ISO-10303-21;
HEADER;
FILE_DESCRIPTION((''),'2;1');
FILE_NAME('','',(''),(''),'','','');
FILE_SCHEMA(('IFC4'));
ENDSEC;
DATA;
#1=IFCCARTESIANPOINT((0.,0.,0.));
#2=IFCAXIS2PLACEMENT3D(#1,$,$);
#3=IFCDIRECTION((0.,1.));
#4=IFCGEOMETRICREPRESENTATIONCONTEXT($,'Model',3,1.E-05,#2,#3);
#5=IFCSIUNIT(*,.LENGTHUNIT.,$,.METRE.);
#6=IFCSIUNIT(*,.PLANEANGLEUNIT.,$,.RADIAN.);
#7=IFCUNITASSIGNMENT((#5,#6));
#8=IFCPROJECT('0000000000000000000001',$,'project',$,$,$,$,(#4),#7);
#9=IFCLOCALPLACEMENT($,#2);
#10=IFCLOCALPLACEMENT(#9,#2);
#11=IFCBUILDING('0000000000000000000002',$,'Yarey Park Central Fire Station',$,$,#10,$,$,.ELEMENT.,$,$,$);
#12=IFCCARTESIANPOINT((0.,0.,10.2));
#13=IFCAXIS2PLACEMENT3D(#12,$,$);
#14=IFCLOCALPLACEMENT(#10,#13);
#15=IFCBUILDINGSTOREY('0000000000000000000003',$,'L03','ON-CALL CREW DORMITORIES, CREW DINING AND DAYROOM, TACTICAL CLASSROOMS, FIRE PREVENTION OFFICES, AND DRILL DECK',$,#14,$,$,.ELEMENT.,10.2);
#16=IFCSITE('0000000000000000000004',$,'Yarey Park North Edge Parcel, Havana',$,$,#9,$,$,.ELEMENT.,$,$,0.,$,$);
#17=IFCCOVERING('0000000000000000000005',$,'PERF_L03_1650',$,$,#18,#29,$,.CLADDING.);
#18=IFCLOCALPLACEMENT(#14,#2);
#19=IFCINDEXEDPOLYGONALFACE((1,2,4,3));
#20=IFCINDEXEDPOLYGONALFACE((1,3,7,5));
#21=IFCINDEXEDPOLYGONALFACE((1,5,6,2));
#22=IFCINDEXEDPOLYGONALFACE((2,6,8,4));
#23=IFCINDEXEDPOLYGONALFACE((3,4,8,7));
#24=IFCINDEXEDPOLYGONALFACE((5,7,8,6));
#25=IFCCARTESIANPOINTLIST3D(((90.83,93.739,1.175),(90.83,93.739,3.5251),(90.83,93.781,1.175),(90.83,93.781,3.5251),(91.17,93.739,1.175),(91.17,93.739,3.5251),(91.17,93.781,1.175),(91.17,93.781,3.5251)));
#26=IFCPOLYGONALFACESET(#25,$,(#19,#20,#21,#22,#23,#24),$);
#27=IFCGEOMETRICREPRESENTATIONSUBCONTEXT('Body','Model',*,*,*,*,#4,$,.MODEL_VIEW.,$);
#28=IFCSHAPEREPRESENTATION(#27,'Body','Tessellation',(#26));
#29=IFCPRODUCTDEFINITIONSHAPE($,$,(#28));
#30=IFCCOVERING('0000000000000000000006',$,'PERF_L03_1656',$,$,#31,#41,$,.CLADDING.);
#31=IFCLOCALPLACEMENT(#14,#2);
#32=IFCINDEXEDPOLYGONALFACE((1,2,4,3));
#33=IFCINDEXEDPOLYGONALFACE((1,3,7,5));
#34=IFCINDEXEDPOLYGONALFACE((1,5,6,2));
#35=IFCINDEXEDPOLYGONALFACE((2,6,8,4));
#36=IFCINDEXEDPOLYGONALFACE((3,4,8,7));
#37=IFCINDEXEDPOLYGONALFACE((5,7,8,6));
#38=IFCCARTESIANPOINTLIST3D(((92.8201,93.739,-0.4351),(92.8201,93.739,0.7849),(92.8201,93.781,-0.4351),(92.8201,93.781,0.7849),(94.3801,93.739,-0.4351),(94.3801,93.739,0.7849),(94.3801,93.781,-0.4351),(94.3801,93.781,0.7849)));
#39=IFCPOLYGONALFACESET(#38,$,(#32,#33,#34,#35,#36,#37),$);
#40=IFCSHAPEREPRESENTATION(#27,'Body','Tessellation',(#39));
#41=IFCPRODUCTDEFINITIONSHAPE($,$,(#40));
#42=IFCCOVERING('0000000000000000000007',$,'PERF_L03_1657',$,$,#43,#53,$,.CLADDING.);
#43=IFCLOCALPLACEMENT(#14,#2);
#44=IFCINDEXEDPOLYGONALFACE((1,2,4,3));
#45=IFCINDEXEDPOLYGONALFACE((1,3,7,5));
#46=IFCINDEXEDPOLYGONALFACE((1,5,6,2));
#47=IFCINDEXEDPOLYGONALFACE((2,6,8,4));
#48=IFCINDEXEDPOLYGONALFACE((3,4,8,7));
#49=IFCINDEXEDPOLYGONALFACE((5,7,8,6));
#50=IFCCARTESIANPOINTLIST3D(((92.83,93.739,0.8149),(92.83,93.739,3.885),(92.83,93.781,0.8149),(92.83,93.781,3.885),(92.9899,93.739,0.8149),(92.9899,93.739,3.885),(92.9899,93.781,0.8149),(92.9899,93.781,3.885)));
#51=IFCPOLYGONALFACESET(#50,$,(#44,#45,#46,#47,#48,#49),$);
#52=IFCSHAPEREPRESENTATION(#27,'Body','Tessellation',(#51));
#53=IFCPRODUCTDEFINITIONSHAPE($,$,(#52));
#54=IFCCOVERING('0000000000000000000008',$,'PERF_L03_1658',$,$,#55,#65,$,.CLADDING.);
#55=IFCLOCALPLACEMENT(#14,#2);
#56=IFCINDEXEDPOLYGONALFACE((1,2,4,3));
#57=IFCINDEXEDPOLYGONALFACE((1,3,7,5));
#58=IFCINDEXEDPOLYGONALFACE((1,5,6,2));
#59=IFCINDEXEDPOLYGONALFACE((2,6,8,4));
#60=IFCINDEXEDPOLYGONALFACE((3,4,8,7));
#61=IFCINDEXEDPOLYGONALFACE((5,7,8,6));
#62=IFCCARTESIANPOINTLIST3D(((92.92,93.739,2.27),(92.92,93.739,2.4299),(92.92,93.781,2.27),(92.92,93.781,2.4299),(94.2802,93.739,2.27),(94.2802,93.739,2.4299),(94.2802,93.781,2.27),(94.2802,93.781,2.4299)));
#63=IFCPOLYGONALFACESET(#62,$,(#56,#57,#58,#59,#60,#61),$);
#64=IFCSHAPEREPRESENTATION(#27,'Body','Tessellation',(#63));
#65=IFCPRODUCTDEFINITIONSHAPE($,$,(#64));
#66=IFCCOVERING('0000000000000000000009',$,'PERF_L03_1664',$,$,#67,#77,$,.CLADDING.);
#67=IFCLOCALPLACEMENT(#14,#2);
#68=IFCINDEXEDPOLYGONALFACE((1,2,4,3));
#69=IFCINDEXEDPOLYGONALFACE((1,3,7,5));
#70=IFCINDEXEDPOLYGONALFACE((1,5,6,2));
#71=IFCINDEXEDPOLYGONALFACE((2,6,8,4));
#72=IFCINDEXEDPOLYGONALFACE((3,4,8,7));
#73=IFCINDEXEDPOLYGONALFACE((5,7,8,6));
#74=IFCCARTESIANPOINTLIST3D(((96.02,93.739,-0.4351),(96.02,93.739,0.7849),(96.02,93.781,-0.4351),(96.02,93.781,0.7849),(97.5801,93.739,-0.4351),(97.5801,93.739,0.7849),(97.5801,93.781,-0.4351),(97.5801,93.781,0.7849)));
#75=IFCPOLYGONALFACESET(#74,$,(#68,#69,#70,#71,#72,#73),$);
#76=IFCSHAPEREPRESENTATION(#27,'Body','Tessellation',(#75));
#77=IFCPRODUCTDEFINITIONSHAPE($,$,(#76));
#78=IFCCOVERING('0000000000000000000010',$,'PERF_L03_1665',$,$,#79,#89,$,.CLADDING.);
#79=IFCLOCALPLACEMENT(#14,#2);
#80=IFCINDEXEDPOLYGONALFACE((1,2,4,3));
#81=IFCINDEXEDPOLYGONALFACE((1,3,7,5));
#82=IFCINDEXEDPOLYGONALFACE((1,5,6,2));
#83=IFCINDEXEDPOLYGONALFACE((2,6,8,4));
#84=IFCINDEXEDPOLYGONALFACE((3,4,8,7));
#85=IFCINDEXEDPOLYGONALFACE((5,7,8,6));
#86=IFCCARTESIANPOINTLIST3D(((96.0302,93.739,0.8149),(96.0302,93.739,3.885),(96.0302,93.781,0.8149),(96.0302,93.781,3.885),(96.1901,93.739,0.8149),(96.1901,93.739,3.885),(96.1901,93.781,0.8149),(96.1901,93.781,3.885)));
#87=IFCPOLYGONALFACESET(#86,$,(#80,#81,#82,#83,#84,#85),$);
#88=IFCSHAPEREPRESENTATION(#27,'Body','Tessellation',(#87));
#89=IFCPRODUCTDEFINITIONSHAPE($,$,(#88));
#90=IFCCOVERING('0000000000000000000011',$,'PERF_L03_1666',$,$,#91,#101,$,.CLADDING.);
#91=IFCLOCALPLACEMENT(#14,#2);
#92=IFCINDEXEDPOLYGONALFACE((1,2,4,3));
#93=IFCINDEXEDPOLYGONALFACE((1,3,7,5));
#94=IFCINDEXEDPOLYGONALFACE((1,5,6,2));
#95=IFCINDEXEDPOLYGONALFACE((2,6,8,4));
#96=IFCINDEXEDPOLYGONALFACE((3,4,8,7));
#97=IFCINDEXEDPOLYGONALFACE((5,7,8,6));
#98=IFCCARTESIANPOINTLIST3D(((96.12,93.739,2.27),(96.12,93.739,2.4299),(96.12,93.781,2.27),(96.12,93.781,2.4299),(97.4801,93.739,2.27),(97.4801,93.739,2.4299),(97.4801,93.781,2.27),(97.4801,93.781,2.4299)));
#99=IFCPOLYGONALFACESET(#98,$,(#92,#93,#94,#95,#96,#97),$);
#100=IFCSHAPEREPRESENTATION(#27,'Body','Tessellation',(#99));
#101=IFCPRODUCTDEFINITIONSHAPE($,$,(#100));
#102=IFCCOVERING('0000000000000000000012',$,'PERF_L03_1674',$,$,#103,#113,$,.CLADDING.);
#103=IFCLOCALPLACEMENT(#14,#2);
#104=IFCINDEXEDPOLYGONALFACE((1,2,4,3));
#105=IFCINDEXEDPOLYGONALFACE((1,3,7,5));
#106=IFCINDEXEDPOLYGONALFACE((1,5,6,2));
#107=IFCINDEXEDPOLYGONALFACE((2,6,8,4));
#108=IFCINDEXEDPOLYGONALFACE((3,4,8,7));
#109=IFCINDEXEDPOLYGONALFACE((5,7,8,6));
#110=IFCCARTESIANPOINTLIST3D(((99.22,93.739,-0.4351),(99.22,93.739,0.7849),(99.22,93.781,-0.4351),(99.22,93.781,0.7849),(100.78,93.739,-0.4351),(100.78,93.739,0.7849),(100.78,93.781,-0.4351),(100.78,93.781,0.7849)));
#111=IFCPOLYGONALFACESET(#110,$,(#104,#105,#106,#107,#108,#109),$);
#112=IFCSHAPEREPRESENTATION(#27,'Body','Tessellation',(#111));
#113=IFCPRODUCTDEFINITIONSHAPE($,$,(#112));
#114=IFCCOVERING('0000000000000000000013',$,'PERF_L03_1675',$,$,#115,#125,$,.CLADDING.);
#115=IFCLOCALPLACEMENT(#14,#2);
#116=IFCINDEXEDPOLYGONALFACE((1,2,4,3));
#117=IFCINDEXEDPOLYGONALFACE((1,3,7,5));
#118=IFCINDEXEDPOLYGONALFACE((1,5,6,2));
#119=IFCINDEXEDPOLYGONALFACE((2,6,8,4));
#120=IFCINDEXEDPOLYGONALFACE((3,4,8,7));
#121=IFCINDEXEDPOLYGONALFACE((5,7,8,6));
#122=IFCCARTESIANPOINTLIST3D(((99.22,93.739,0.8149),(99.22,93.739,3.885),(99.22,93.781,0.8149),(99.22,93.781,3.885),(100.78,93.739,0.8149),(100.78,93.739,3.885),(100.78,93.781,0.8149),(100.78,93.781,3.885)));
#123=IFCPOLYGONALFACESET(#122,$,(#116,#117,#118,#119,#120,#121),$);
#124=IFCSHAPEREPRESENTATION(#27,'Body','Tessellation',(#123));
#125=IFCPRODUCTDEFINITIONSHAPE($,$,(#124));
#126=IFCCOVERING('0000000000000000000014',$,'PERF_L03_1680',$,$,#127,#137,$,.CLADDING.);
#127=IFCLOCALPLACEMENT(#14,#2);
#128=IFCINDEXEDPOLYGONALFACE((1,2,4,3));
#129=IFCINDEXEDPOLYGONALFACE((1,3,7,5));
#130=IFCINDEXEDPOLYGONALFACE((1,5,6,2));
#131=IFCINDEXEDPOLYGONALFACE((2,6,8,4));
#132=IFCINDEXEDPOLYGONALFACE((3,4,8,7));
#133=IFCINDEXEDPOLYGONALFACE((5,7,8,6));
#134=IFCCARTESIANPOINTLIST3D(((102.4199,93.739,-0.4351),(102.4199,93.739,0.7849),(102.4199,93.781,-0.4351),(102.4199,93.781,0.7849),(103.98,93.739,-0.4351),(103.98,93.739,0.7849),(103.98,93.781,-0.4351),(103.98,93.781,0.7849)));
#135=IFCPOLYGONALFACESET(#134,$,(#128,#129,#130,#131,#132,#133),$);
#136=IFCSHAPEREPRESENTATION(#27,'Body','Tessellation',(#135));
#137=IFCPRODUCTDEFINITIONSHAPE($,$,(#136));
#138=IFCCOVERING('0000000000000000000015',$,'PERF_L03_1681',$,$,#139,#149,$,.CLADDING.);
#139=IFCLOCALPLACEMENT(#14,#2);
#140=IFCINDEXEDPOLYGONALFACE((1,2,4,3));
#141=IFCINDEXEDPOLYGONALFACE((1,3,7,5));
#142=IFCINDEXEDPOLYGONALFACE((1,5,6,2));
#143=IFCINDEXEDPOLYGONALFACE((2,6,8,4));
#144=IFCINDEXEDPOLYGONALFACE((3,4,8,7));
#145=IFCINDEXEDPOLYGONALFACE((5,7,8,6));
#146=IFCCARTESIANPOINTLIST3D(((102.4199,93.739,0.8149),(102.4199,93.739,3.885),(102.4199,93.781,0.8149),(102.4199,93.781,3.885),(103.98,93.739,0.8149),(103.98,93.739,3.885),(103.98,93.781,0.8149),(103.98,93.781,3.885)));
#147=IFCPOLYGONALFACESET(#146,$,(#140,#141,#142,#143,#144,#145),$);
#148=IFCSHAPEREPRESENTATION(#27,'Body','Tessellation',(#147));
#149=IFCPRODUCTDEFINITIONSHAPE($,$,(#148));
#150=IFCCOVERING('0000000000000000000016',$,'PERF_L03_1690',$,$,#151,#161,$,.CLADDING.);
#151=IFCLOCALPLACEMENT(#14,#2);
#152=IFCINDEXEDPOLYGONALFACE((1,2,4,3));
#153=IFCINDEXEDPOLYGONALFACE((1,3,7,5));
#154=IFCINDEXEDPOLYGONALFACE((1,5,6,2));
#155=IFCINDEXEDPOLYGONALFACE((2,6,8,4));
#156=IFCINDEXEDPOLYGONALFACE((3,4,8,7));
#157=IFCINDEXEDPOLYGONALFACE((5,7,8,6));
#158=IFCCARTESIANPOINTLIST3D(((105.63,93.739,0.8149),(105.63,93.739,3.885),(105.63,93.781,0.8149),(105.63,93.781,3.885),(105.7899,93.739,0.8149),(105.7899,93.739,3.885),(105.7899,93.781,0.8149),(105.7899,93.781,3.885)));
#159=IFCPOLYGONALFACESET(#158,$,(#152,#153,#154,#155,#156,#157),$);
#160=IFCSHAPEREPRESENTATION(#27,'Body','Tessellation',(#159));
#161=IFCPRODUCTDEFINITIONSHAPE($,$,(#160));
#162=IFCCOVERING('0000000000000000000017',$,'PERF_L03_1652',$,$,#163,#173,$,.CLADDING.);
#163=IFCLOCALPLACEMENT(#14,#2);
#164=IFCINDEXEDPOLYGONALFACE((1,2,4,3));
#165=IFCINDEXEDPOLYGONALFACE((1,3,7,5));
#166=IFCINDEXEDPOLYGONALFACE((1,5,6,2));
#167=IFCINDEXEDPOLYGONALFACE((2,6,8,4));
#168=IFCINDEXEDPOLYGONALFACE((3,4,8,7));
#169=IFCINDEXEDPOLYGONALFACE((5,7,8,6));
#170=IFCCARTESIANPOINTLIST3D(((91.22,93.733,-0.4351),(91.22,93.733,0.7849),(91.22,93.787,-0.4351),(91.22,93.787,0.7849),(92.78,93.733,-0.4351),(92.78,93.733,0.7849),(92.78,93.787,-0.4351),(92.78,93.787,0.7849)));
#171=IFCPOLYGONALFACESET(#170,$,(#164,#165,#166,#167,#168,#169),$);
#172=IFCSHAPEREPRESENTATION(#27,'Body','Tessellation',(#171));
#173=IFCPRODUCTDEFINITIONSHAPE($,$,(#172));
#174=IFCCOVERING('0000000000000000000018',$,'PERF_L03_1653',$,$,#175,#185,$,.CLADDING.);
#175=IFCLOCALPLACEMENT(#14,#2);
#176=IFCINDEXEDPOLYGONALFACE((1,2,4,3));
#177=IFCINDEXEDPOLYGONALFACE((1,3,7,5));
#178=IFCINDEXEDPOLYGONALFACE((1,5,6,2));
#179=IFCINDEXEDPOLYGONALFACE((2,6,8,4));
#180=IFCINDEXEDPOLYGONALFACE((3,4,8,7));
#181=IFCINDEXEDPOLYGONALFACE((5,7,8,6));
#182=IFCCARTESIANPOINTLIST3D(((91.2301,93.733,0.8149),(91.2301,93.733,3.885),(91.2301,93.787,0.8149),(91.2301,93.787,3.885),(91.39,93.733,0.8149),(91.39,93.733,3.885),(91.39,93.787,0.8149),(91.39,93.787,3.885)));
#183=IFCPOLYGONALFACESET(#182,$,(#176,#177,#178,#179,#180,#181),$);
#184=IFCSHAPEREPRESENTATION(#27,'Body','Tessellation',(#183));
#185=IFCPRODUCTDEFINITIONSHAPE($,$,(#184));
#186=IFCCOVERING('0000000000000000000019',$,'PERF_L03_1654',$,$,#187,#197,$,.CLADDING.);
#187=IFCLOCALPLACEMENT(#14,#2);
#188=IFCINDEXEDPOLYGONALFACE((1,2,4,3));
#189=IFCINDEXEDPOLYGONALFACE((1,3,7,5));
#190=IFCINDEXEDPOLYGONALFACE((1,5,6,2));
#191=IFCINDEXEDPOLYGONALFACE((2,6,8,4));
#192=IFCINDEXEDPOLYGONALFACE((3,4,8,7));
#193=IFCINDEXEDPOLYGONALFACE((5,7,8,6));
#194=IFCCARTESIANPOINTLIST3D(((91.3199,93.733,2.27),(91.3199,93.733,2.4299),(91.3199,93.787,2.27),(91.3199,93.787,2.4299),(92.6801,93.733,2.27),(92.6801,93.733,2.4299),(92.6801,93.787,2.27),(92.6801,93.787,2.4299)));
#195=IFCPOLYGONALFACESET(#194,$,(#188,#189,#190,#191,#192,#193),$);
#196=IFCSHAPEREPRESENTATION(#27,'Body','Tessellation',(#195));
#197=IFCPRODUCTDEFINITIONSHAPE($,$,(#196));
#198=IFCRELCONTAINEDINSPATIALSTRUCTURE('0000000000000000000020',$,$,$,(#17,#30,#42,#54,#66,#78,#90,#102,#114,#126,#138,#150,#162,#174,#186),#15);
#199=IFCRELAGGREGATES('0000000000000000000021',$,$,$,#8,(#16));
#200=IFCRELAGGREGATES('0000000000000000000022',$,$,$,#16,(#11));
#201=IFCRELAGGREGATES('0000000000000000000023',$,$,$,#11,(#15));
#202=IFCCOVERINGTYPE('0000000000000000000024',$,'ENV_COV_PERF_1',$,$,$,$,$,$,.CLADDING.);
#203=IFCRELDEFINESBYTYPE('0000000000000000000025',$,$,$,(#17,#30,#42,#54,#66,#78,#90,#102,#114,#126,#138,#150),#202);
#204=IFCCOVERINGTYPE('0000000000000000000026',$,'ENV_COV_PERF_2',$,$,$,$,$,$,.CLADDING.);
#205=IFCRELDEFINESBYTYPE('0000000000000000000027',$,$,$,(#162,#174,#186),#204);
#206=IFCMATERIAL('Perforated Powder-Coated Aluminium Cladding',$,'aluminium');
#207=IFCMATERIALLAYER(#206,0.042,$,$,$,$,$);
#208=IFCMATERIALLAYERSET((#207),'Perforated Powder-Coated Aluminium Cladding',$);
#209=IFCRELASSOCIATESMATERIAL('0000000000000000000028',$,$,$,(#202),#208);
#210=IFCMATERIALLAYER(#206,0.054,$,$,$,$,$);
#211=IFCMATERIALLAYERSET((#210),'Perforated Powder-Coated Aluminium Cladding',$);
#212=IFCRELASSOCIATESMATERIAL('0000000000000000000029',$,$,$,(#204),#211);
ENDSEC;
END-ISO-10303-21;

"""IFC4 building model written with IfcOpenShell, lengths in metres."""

from ifc_helpers import new_model, si_unit, direction, frame, origin, origin_2d, place, context, subcontext, project, spatial, rectangle, extrude, material, layer, layer_set, type_object, element, save


model = new_model("IFC4")

# Units and contexts
model_context = context("Model", 3, precision=1e-05, world=origin(), true_north=direction((0.0, 1.0)))
body_context = subcontext(model_context, "Body", "Model", "MODEL_VIEW")
ifc_project = project(units=[si_unit("LENGTHUNIT", "METRE"), si_unit("PLANEANGLEUNIT", "RADIAN")], contexts=[model_context])

# Site, building, storey
site_placement = place(None, origin())
site = spatial("IfcSite", under=ifc_project, at=site_placement, Name="Yarey Park North Edge Parcel, Havana", CompositionType="ELEMENT", RefElevation=0.0)
building_placement = place(site_placement, origin())
building = spatial("IfcBuilding", under=site, at=building_placement, Name="Yarey Park Central Fire Station", CompositionType="ELEMENT")
storey_placement = place(building_placement, frame((0.0, 0.0, 10.2)))
storey = spatial("IfcBuildingStorey", under=building, at=storey_placement, Name="L03", Description="ON-CALL CREW DORMITORIES, CREW DINING AND DAYROOM, TACTICAL CLASSROOMS, FIRE PREVENTION OFFICES, AND DRILL DECK", CompositionType="ELEMENT", Elevation=10.2)

# Coverings
ifc_material = material(Name="Perforated Powder-Coated Aluminium Cladding", Category="aluminium")
ifc_layer_1 = layer(ifc_material, 0.042)
ifc_layer_set_1 = layer_set([ifc_layer_1], Name="Perforated Powder-Coated Aluminium Cladding")
covering_type_1 = type_object("IfcCoveringType", Name="ENV_COV_PERF_1", PredefinedType="CLADDING", material=ifc_layer_set_1)
covering_1_placement = place(storey_placement, frame((91.0, 93.76, 1.175), z_axis=(0.0, 0.0, 1.0), x_axis=(1.0, 0.0, 0.0)))
element("IfcCovering", 1, at=covering_1_placement, inside=storey, type_object=covering_type_1, Name="PERF_L03_1650", PredefinedType="CLADDING", context=body_context, shape_type="SweptSolid", body=[
    extrude(rectangle(XDim=0.3401, YDim=0.042, at=origin_2d()), origin(), (0.0, 0.0, 1.0), 2.3501),
])
covering_2_placement = place(storey_placement, frame((93.6001, 93.76, -0.4351), z_axis=(0.0, 0.0, 1.0), x_axis=(1.0, 0.0, 0.0)))
element("IfcCovering", 2, at=covering_2_placement, inside=storey, type_object=covering_type_1, Name="PERF_L03_1656", PredefinedType="CLADDING", context=body_context, shape_type="SweptSolid", body=[
    extrude(rectangle(XDim=1.5601, YDim=0.042, at=origin_2d()), origin(), (0.0, 0.0, 1.0), 1.22),
])
covering_3_placement = place(storey_placement, frame((92.9099, 93.76, 0.8149), z_axis=(0.0, 0.0, 1.0), x_axis=(1.0, 0.0, 0.0)))
element("IfcCovering", 3, at=covering_3_placement, inside=storey, type_object=covering_type_1, Name="PERF_L03_1657", PredefinedType="CLADDING", context=body_context, shape_type="SweptSolid", body=[
    extrude(rectangle(XDim=0.1599, YDim=0.042, at=origin_2d()), origin(), (0.0, 0.0, 1.0), 3.0701),
])
covering_4_placement = place(storey_placement, frame((93.6001, 93.76, 2.27), z_axis=(0.0, 0.0, 1.0), x_axis=(1.0, 0.0, 0.0)))
element("IfcCovering", 4, at=covering_4_placement, inside=storey, type_object=covering_type_1, Name="PERF_L03_1658", PredefinedType="CLADDING", context=body_context, shape_type="SweptSolid", body=[
    extrude(rectangle(XDim=1.3601, YDim=0.042, at=origin_2d()), origin(), (0.0, 0.0, 1.0), 0.1599),
])
covering_5_placement = place(storey_placement, frame((96.8, 93.76, -0.4351), z_axis=(0.0, 0.0, 1.0), x_axis=(1.0, 0.0, 0.0)))
element("IfcCovering", 5, at=covering_5_placement, inside=storey, type_object=covering_type_1, Name="PERF_L03_1664", PredefinedType="CLADDING", context=body_context, shape_type="SweptSolid", body=[
    extrude(rectangle(XDim=1.5601, YDim=0.042, at=origin_2d()), origin(), (0.0, 0.0, 1.0), 1.22),
])
covering_6_placement = place(storey_placement, frame((96.1101, 93.76, 0.8149), z_axis=(0.0, 0.0, 1.0), x_axis=(1.0, 0.0, 0.0)))
element("IfcCovering", 6, at=covering_6_placement, inside=storey, type_object=covering_type_1, Name="PERF_L03_1665", PredefinedType="CLADDING", context=body_context, shape_type="SweptSolid", body=[
    extrude(rectangle(XDim=0.1599, YDim=0.042, at=origin_2d()), origin(), (0.0, 0.0, 1.0), 3.0701),
])
covering_7_placement = place(storey_placement, frame((96.8, 93.76, 2.27), z_axis=(0.0, 0.0, 1.0), x_axis=(1.0, 0.0, 0.0)))
element("IfcCovering", 7, at=covering_7_placement, inside=storey, type_object=covering_type_1, Name="PERF_L03_1666", PredefinedType="CLADDING", context=body_context, shape_type="SweptSolid", body=[
    extrude(rectangle(XDim=1.3601, YDim=0.042, at=origin_2d()), origin(), (0.0, 0.0, 1.0), 0.1599),
])
covering_8_placement = place(storey_placement, frame((100.0, 93.76, -0.4351), z_axis=(0.0, 0.0, 1.0), x_axis=(1.0, 0.0, 0.0)))
element("IfcCovering", 8, at=covering_8_placement, inside=storey, type_object=covering_type_1, Name="PERF_L03_1674", PredefinedType="CLADDING", context=body_context, shape_type="SweptSolid", body=[
    extrude(rectangle(XDim=1.5601, YDim=0.042, at=origin_2d()), origin(), (0.0, 0.0, 1.0), 1.22),
])
covering_9_placement = place(storey_placement, frame((100.0, 93.76, 0.8149), z_axis=(0.0, 0.0, 1.0), x_axis=(1.0, 0.0, 0.0)))
element("IfcCovering", 9, at=covering_9_placement, inside=storey, type_object=covering_type_1, Name="PERF_L03_1675", PredefinedType="CLADDING", context=body_context, shape_type="SweptSolid", body=[
    extrude(rectangle(XDim=1.5601, YDim=0.042, at=origin_2d()), origin(), (0.0, 0.0, 1.0), 3.0701),
])
covering_10_placement = place(storey_placement, frame((103.2, 93.76, -0.4351), z_axis=(0.0, 0.0, 1.0), x_axis=(1.0, 0.0, 0.0)))
element("IfcCovering", 10, at=covering_10_placement, inside=storey, type_object=covering_type_1, Name="PERF_L03_1680", PredefinedType="CLADDING", context=body_context, shape_type="SweptSolid", body=[
    extrude(rectangle(XDim=1.5601, YDim=0.042, at=origin_2d()), origin(), (0.0, 0.0, 1.0), 1.22),
])
covering_11_placement = place(storey_placement, frame((103.2, 93.76, 0.8149), z_axis=(0.0, 0.0, 1.0), x_axis=(1.0, 0.0, 0.0)))
element("IfcCovering", 11, at=covering_11_placement, inside=storey, type_object=covering_type_1, Name="PERF_L03_1681", PredefinedType="CLADDING", context=body_context, shape_type="SweptSolid", body=[
    extrude(rectangle(XDim=1.5601, YDim=0.042, at=origin_2d()), origin(), (0.0, 0.0, 1.0), 3.0701),
])
covering_12_placement = place(storey_placement, frame((105.71, 93.76, 0.8149), z_axis=(0.0, 0.0, 1.0), x_axis=(1.0, 0.0, 0.0)))
element("IfcCovering", 12, at=covering_12_placement, inside=storey, type_object=covering_type_1, Name="PERF_L03_1690", PredefinedType="CLADDING", context=body_context, shape_type="SweptSolid", body=[
    extrude(rectangle(XDim=0.1599, YDim=0.042, at=origin_2d()), origin(), (0.0, 0.0, 1.0), 3.0701),
])
ifc_layer_2 = layer(ifc_material, 0.054)
ifc_layer_set_2 = layer_set([ifc_layer_2], Name="Perforated Powder-Coated Aluminium Cladding")
covering_type_2 = type_object("IfcCoveringType", Name="ENV_COV_PERF_2", PredefinedType="CLADDING", material=ifc_layer_set_2)
covering_13_placement = place(storey_placement, frame((92.0, 93.76, -0.4351), z_axis=(0.0, 0.0, 1.0), x_axis=(1.0, 0.0, 0.0)))
element("IfcCovering", 13, at=covering_13_placement, inside=storey, type_object=covering_type_2, Name="PERF_L03_1652", PredefinedType="CLADDING", context=body_context, shape_type="SweptSolid", body=[
    extrude(rectangle(XDim=1.5601, YDim=0.054, at=origin_2d()), origin(), (0.0, 0.0, 1.0), 1.22),
])
covering_14_placement = place(storey_placement, frame((91.3101, 93.76, 0.8149), z_axis=(0.0, 0.0, 1.0), x_axis=(1.0, 0.0, 0.0)))
element("IfcCovering", 14, at=covering_14_placement, inside=storey, type_object=covering_type_2, Name="PERF_L03_1653", PredefinedType="CLADDING", context=body_context, shape_type="SweptSolid", body=[
    extrude(rectangle(XDim=0.1599, YDim=0.054, at=origin_2d()), origin(), (0.0, 0.0, 1.0), 3.0701),
])
covering_15_placement = place(storey_placement, frame((92.0, 93.76, 2.27), z_axis=(0.0, 0.0, 1.0), x_axis=(1.0, 0.0, 0.0)))
element("IfcCovering", 15, at=covering_15_placement, inside=storey, type_object=covering_type_2, Name="PERF_L03_1654", PredefinedType="CLADDING", context=body_context, shape_type="SweptSolid", body=[
    extrude(rectangle(XDim=1.3601, YDim=0.054, at=origin_2d()), origin(), (0.0, 0.0, 1.0), 0.1599),
])

save(model, "model.ifc")
